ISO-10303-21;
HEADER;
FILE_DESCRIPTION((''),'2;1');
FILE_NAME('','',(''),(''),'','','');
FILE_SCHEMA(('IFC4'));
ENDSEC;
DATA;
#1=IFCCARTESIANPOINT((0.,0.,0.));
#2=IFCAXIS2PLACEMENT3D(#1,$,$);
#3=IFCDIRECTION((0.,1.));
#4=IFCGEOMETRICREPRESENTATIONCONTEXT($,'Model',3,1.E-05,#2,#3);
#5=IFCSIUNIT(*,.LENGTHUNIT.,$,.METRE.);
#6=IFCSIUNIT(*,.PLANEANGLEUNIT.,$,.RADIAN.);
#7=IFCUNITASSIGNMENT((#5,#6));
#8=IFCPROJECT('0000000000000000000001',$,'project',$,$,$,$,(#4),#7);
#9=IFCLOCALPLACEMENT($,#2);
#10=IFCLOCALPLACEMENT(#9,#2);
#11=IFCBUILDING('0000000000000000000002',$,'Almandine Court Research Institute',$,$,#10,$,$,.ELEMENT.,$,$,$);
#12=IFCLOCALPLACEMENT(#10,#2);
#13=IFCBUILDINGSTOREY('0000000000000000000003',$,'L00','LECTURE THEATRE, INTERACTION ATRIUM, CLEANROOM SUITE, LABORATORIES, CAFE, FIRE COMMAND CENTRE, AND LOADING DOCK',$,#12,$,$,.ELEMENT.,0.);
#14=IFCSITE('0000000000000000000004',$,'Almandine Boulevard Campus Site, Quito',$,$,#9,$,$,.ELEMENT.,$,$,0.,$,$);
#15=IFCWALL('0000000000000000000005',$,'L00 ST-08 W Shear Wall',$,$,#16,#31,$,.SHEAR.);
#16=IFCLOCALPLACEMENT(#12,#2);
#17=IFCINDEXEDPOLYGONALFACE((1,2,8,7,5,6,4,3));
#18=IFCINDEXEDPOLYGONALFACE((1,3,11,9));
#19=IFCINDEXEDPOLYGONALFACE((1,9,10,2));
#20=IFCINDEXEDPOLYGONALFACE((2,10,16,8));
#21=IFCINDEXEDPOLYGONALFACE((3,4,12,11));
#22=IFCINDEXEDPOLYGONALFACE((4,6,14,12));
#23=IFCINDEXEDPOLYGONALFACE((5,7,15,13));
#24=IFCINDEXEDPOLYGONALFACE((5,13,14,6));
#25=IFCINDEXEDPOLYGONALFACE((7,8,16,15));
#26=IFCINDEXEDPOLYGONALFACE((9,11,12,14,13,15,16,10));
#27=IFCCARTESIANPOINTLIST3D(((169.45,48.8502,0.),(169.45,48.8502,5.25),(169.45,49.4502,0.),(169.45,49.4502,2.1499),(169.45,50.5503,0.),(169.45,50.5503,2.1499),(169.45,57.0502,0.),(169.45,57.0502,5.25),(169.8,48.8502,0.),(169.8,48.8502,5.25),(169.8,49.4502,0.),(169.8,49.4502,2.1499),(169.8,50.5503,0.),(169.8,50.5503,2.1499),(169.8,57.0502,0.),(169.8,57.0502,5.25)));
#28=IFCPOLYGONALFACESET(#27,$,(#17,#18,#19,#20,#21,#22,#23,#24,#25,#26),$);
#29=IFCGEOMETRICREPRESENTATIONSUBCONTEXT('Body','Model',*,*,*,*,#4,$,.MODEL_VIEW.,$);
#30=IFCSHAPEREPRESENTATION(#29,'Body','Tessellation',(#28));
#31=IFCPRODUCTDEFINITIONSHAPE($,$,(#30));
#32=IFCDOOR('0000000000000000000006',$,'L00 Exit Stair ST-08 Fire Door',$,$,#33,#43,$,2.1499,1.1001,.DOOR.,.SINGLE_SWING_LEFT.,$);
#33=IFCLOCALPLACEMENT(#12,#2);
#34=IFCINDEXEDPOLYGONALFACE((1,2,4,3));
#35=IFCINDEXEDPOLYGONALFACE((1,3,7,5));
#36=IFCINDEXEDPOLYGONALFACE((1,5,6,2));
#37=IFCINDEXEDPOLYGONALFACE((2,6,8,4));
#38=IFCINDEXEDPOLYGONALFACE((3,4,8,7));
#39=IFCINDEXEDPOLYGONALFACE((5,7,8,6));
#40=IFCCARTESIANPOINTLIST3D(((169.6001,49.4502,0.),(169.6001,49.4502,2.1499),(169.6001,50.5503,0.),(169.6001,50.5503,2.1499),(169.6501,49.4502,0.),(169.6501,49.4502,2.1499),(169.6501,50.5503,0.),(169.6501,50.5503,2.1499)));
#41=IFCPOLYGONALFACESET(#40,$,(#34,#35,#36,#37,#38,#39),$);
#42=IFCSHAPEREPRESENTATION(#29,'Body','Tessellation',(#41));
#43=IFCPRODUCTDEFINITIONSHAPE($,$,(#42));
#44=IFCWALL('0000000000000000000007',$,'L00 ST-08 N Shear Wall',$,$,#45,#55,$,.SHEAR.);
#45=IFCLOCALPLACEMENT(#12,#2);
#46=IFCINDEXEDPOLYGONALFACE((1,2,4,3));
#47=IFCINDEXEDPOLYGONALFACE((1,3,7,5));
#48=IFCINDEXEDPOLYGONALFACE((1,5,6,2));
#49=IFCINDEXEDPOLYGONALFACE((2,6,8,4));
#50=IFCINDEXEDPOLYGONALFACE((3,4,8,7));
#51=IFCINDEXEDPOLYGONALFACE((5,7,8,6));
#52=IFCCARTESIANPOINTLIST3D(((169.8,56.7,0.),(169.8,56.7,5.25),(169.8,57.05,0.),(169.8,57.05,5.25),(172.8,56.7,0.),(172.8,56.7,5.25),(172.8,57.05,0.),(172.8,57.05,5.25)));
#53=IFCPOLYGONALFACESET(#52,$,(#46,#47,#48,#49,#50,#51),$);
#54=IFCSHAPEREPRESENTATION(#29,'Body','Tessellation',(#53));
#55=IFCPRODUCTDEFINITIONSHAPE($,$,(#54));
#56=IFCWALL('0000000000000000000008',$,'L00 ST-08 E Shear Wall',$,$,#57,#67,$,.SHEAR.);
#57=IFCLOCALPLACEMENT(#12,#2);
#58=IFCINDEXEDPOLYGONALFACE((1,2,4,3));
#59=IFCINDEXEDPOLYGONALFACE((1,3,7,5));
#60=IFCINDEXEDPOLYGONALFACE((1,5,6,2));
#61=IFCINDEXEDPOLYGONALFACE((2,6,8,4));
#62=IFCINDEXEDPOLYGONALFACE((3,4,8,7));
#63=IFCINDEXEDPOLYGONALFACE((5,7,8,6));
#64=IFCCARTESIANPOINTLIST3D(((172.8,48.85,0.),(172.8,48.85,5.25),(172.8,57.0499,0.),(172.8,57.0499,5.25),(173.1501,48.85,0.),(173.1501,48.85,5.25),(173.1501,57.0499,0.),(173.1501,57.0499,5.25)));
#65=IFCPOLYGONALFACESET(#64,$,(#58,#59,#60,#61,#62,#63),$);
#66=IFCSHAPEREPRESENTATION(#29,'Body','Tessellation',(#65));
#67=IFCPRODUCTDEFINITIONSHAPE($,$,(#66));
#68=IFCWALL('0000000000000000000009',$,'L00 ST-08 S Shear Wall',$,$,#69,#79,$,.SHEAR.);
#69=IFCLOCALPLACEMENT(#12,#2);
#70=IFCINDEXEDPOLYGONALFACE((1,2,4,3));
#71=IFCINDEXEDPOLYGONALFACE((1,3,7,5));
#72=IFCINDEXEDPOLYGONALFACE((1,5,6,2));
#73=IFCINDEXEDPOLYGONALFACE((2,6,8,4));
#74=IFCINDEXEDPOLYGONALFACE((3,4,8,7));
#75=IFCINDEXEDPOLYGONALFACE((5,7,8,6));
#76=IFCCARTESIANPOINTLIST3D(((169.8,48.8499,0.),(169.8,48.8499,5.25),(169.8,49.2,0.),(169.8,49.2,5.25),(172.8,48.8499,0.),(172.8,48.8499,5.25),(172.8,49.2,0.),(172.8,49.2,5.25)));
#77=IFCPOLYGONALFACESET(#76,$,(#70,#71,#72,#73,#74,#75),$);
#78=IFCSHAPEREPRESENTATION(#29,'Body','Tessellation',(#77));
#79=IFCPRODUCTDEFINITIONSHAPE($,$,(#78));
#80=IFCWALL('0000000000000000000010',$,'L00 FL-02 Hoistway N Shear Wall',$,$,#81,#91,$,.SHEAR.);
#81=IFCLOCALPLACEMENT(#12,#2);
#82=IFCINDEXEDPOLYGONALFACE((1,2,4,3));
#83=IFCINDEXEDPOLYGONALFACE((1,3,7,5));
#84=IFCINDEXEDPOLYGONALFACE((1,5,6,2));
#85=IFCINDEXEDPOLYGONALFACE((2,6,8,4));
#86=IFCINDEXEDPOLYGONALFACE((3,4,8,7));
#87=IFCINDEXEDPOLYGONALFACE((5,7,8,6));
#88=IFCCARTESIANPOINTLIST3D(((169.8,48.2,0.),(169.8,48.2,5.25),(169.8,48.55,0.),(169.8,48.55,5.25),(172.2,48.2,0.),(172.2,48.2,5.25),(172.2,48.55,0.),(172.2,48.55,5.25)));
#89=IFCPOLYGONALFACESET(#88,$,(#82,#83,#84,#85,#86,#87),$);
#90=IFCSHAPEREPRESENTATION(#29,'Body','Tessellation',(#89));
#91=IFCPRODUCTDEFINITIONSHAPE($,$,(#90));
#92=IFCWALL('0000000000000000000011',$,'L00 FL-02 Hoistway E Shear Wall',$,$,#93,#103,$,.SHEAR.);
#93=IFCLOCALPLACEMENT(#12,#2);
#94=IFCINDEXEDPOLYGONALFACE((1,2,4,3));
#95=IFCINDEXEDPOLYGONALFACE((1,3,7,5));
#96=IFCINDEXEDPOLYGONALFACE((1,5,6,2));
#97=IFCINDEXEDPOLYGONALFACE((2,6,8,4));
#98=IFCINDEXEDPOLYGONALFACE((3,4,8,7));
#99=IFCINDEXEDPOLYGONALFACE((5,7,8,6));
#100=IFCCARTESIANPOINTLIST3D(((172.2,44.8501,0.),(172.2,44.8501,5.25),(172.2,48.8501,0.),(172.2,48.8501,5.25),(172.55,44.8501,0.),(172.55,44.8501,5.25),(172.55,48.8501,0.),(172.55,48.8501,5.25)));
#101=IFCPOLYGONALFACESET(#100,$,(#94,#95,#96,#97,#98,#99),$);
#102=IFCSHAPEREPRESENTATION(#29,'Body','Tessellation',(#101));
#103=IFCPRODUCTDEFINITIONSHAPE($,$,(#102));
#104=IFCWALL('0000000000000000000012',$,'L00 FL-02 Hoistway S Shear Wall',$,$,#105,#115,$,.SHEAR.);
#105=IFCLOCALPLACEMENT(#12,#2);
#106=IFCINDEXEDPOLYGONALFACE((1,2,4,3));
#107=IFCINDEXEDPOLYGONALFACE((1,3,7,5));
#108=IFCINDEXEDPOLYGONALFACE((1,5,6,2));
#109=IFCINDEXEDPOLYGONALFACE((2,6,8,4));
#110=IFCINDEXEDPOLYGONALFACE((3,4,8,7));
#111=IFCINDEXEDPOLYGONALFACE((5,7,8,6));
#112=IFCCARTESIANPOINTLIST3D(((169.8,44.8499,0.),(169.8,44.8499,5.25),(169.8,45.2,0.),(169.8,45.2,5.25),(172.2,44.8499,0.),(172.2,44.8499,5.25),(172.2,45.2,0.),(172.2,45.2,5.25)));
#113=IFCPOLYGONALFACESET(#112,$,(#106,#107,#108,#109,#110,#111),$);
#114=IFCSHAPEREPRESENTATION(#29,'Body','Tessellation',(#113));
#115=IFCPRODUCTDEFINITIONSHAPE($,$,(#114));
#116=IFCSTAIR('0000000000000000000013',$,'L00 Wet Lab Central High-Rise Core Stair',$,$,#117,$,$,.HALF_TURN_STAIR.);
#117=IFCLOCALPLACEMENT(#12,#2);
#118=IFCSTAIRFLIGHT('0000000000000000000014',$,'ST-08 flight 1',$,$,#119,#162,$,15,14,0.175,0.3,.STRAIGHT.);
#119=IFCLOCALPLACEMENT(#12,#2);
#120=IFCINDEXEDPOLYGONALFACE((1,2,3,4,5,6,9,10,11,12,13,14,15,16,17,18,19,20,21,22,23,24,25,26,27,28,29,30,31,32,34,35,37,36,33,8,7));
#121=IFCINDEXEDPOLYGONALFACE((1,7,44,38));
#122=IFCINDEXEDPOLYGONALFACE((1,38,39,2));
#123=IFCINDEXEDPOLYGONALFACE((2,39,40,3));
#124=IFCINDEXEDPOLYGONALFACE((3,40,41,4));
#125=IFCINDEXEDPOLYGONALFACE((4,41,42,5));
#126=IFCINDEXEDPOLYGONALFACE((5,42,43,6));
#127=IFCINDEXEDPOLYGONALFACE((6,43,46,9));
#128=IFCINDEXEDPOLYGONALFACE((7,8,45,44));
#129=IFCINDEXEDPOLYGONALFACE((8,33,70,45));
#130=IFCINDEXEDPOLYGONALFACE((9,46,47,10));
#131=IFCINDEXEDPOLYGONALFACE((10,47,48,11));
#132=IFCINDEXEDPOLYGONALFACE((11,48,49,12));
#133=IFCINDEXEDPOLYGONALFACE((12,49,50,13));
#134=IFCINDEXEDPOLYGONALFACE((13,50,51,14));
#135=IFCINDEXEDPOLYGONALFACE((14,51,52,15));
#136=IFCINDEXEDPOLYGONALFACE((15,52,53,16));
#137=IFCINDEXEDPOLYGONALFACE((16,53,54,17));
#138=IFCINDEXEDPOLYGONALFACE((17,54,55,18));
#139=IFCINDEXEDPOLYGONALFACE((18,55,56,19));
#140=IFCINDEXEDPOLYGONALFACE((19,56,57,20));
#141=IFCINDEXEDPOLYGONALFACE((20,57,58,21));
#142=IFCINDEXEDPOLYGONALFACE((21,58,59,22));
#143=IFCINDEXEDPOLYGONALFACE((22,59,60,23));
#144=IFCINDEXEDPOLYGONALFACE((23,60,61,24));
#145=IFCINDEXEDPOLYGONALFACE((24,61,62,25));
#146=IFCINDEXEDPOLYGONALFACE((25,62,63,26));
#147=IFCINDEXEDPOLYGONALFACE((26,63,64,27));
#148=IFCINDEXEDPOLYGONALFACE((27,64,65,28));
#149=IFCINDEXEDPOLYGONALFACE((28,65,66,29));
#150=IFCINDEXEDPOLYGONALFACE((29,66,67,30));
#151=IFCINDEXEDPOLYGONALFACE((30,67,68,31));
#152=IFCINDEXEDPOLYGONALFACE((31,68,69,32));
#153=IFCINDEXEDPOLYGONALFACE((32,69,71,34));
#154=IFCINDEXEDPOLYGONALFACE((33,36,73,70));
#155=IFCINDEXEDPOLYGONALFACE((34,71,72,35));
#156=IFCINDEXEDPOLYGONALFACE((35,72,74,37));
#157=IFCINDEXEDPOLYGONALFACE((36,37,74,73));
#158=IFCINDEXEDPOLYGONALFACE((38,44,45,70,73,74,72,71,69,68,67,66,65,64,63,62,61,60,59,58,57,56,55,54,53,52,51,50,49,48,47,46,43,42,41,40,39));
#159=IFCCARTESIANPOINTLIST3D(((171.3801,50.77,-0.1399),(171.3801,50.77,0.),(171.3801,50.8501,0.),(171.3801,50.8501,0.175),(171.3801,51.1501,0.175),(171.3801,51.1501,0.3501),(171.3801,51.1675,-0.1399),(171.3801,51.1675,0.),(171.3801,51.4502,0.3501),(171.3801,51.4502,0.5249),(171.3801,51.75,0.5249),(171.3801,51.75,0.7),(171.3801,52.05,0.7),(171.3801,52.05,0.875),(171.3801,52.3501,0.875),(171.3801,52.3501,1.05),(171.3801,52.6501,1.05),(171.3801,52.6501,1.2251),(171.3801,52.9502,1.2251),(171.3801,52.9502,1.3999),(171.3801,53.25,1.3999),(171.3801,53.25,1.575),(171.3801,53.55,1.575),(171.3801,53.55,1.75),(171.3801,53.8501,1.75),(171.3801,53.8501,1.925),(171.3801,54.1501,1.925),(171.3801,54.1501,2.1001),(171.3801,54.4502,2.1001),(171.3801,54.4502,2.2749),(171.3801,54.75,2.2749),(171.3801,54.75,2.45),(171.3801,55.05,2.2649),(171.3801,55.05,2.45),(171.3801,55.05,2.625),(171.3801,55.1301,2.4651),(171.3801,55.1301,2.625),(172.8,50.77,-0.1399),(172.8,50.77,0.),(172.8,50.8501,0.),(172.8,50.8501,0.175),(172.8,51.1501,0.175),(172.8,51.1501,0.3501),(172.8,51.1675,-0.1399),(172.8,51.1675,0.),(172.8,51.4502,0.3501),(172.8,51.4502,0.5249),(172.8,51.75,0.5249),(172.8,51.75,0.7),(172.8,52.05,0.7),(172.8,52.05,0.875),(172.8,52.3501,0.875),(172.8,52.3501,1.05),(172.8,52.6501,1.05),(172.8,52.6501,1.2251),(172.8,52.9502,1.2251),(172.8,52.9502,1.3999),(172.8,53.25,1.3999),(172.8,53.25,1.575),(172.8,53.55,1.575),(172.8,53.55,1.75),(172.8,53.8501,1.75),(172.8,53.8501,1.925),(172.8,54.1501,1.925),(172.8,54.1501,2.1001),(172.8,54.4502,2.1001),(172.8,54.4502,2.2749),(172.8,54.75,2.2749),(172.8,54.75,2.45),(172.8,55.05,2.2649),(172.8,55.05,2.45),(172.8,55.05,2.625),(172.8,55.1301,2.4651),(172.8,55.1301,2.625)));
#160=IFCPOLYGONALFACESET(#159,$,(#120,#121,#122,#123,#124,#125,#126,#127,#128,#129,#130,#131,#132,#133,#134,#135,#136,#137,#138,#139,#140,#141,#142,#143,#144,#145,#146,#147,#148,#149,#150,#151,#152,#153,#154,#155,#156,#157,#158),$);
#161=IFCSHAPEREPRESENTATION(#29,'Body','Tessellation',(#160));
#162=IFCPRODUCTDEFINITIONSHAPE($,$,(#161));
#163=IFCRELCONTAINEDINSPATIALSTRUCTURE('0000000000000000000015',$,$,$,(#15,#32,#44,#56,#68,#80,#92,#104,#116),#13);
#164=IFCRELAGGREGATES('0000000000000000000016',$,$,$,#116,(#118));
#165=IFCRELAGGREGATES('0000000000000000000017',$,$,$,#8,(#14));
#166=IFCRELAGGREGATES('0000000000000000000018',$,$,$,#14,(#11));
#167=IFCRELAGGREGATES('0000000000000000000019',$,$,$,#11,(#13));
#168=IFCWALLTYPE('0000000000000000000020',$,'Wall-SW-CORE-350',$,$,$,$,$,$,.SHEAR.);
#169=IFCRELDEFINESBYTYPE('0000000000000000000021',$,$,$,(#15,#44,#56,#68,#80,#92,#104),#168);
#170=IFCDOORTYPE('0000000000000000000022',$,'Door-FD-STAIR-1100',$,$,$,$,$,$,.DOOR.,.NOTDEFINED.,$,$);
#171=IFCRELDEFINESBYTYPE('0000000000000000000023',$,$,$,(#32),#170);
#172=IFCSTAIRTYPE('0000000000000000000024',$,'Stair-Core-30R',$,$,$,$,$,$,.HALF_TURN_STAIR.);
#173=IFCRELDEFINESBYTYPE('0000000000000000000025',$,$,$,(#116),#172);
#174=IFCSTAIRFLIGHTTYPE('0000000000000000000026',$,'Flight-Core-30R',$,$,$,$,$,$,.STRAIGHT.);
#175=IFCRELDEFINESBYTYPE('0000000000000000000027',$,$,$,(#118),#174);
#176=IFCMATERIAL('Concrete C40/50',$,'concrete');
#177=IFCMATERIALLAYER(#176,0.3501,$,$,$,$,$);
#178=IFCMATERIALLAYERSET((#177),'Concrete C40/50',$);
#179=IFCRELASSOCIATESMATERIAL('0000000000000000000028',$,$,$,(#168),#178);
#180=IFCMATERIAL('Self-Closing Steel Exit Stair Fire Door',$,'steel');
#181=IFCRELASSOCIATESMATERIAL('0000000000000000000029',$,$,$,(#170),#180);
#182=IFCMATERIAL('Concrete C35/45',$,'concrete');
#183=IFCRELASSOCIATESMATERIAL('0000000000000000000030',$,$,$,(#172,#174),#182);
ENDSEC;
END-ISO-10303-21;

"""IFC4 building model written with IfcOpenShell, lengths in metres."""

from ifc_helpers import new_model, si_unit, direction, frame, frame_2d, origin, place, context, subcontext, project, spatial, polyline, rectangle, outline, extrude, material, layer, layer_set, type_object, element, fill, aggregate, save


model = new_model("IFC4")

# Units and contexts
model_context = context("Model", 3, precision=1e-05, world=origin(), true_north=direction((0.0, 1.0)))
body_context = subcontext(model_context, "Body", "Model", "MODEL_VIEW")
ifc_project = project(units=[si_unit("LENGTHUNIT", "METRE"), si_unit("PLANEANGLEUNIT", "RADIAN")], contexts=[model_context])

# Site, building, storey
site_placement = place(None, origin())
site = spatial("IfcSite", under=ifc_project, at=site_placement, Name="Almandine Boulevard Campus Site, Quito", CompositionType="ELEMENT", RefElevation=0.0)
building_placement = place(site_placement, origin())
building = spatial("IfcBuilding", under=site, at=building_placement, Name="Almandine Court Research Institute", CompositionType="ELEMENT")
storey_placement = place(building_placement, origin())
storey = spatial("IfcBuildingStorey", under=building, at=storey_placement, Name="L00", Description="LECTURE THEATRE, INTERACTION ATRIUM, CLEANROOM SUITE, LABORATORIES, CAFE, FIRE COMMAND CENTRE, AND LOADING DOCK", CompositionType="ELEMENT", Elevation=0.0)

# Wall, opening, door
ifc_material_1 = material(Name="Concrete C40/50", Category="concrete")
ifc_layer_1 = layer(ifc_material_1, 0.3501)
ifc_layer_set_1 = layer_set([ifc_layer_1], Name="Concrete C40/50")
wall_type_1 = type_object("IfcWallType", Name="Wall-SW-CORE-350", PredefinedType="SHEAR", material=ifc_layer_set_1)
wall_1_placement = place(storey_placement, frame((169.625, 48.8501, 0.0), z_axis=(0.0, 0.0, 1.0), x_axis=(0.0, 1.0, 0.0)))
wall_1 = element("IfcWall", 1, at=wall_1_placement, inside=storey, type_object=wall_type_1, Name="L00 ST-08 W Shear Wall", PredefinedType="SHEAR", context=body_context, shape_type="SweptSolid", body=[
    extrude(rectangle(XDim=8.2, YDim=0.3501, at=frame_2d((4.1001, 0.0))), origin(), (0.0, 0.0, 1.0), 5.25),
])
opening_1_placement = place(wall_1_placement, frame((0.6001, 0.0, 0.0)))
opening_1 = element("IfcOpeningElement", 2, at=opening_1_placement, cuts=wall_1, PredefinedType="OPENING", context=body_context, shape_type="SweptSolid", body=[
    extrude(rectangle(XDim=1.1001, YDim=2.1499, at=frame_2d((0.55, 1.075))), frame((0.0, 0.1851, 0.0), z_axis=(0.0, -1.0, 0.0), x_axis=(1.0, 0.0, 0.0)), (0.0, 0.0, 1.0), 0.3701),
])
ifc_material_2 = material(Name="Self-Closing Steel Exit Stair Fire Door", Category="steel")
door_type_1 = type_object("IfcDoorType", Name="Door-FD-STAIR-1100", OperationType="NOTDEFINED", PredefinedType="DOOR", material=ifc_material_2)
door_1_placement = place(opening_1_placement, origin())
door_1 = element("IfcDoor", 3, at=door_1_placement, inside=storey, type_object=door_type_1, Name="L00 Exit Stair ST-08 Fire Door", OperationType="SINGLE_SWING_LEFT", OverallHeight=2.1499, OverallWidth=1.1001, PredefinedType="DOOR", context=body_context, shape_type="SweptSolid", body=[
    extrude(rectangle(XDim=1.1001, YDim=2.1499, at=frame_2d((0.55, 1.075))), frame((0.0, 0.0249, 0.0), z_axis=(0.0, -1.0, 0.0), x_axis=(1.0, 0.0, 0.0)), (0.0, 0.0, 1.0), 0.05),
])
fill(opening_1, door_1)

# Walls
wall_2_placement = place(storey_placement, frame((169.8, 56.875, 0.0), z_axis=(0.0, 0.0, 1.0), x_axis=(1.0, 0.0, 0.0)))
element("IfcWall", 4, at=wall_2_placement, inside=storey, type_object=wall_type_1, Name="L00 ST-08 N Shear Wall", PredefinedType="SHEAR", context=body_context, shape_type="SweptSolid", body=[
    extrude(rectangle(XDim=3.0, YDim=0.3501, at=frame_2d((1.5, 0.0))), origin(), (0.0, 0.0, 1.0), 5.25),
])
wall_3_placement = place(storey_placement, frame((172.9751, 57.05, 0.0), z_axis=(0.0, 0.0, 1.0), x_axis=(0.0, -1.0, 0.0)))
element("IfcWall", 5, at=wall_3_placement, inside=storey, type_object=wall_type_1, Name="L00 ST-08 E Shear Wall", PredefinedType="SHEAR", context=body_context, shape_type="SweptSolid", body=[
    extrude(rectangle(XDim=8.2, YDim=0.3501, at=frame_2d((4.1001, 0.0))), origin(), (0.0, 0.0, 1.0), 5.25),
])
wall_4_placement = place(storey_placement, frame((172.8, 49.0249, 0.0), z_axis=(0.0, 0.0, 1.0), x_axis=(-1.0, 0.0, 0.0)))
element("IfcWall", 6, at=wall_4_placement, inside=storey, type_object=wall_type_1, Name="L00 ST-08 S Shear Wall", PredefinedType="SHEAR", context=body_context, shape_type="SweptSolid", body=[
    extrude(rectangle(XDim=3.0, YDim=0.3501, at=frame_2d((1.5, 0.0))), origin(), (0.0, 0.0, 1.0), 5.25),
])

# Walls
wall_5_placement = place(storey_placement, frame((169.8, 48.375, 0.0), z_axis=(0.0, 0.0, 1.0), x_axis=(1.0, 0.0, 0.0)))
element("IfcWall", 7, at=wall_5_placement, inside=storey, type_object=wall_type_1, Name="L00 FL-02 Hoistway N Shear Wall", PredefinedType="SHEAR", context=body_context, shape_type="SweptSolid", body=[
    extrude(rectangle(XDim=2.3999, YDim=0.3501, at=frame_2d((1.2, 0.0))), origin(), (0.0, 0.0, 1.0), 5.25),
])
wall_6_placement = place(storey_placement, frame((172.375, 48.8501, 0.0), z_axis=(0.0, 0.0, 1.0), x_axis=(0.0, -1.0, 0.0)))
element("IfcWall", 8, at=wall_6_placement, inside=storey, type_object=wall_type_1, Name="L00 FL-02 Hoistway E Shear Wall", PredefinedType="SHEAR", context=body_context, shape_type="SweptSolid", body=[
    extrude(rectangle(XDim=4.0, YDim=0.3501, at=frame_2d((2.0, 0.0))), origin(), (0.0, 0.0, 1.0), 5.25),
])
wall_7_placement = place(storey_placement, frame((172.2, 45.0249, 0.0), z_axis=(0.0, 0.0, 1.0), x_axis=(-1.0, 0.0, 0.0)))
element("IfcWall", 9, at=wall_7_placement, inside=storey, type_object=wall_type_1, Name="L00 FL-02 Hoistway S Shear Wall", PredefinedType="SHEAR", context=body_context, shape_type="SweptSolid", body=[
    extrude(rectangle(XDim=2.3999, YDim=0.3501, at=frame_2d((1.2, 0.0))), origin(), (0.0, 0.0, 1.0), 5.25),
])

# Stair, stair flight
ifc_material_3 = material(Name="Concrete C35/45", Category="concrete")
stair_type = type_object("IfcStairType", Name="Stair-Core-30R", PredefinedType="HALF_TURN_STAIR", material=ifc_material_3)
stair_placement = place(storey_placement, origin())
stair = element("IfcStair", 10, at=stair_placement, inside=storey, type_object=stair_type, Name="L00 Wet Lab Central High-Rise Core Stair", PredefinedType="HALF_TURN_STAIR")
stair_flight_type = type_object("IfcStairFlightType", Name="Flight-Core-30R", PredefinedType="STRAIGHT", material=ifc_material_3)
stair_flight_1_placement = place(storey_placement, frame((172.0901, 50.8501, 0.0), z_axis=(0.0, 0.0, 1.0), x_axis=(0.0, 1.0, 0.0)))
stair_flight_1 = element("IfcStairFlight", 11, at=stair_flight_1_placement, type_object=stair_flight_type, Name="ST-08 flight 1", NumberOfRisers=15, NumberOfTreads=14, PredefinedType="STRAIGHT", RiserHeight=0.175, TreadLength=0.3, context=body_context, shape_type="SweptSolid", body=[
    extrude(outline(polyline([(-0.0801, -0.1399), (-0.0801, 0.0), (0.0, 0.0), (0.0, 0.175), (0.3, 0.175), (0.3, 0.3501), (0.6001, 0.3501), (0.6001, 0.5249), (0.8999, 0.5249), (0.8999, 0.7), (1.2, 0.7), (1.2, 0.875), (1.5, 0.875), (1.5, 1.05), (1.8, 1.05), (1.8, 1.2251), (2.1001, 1.2251), (2.1001, 1.3999), (2.3999, 1.3999), (2.3999, 1.575), (2.7, 1.575), (2.7, 1.75), (3.0, 1.75), (3.0, 1.925), (3.3, 1.925), (3.3, 2.1001), (3.6001, 2.1001), (3.6001, 2.2749), (3.8999, 2.2749), (3.8999, 2.45), (4.2, 2.45), (4.2, 2.625), (4.28, 2.625), (4.28, 2.4651), (4.2, 2.2649), (0.3174, 0.0), (0.3174, -0.1399), (-0.0801, -0.1399)])), frame((0.0, 0.71, 0.0), z_axis=(0.0, -1.0, 0.0), x_axis=(1.0, 0.0, 0.0)), (0.0, 0.0, 1.0), 1.4199),
])
aggregate(stair, [stair_flight_1])

save(model, "model.ifc")
